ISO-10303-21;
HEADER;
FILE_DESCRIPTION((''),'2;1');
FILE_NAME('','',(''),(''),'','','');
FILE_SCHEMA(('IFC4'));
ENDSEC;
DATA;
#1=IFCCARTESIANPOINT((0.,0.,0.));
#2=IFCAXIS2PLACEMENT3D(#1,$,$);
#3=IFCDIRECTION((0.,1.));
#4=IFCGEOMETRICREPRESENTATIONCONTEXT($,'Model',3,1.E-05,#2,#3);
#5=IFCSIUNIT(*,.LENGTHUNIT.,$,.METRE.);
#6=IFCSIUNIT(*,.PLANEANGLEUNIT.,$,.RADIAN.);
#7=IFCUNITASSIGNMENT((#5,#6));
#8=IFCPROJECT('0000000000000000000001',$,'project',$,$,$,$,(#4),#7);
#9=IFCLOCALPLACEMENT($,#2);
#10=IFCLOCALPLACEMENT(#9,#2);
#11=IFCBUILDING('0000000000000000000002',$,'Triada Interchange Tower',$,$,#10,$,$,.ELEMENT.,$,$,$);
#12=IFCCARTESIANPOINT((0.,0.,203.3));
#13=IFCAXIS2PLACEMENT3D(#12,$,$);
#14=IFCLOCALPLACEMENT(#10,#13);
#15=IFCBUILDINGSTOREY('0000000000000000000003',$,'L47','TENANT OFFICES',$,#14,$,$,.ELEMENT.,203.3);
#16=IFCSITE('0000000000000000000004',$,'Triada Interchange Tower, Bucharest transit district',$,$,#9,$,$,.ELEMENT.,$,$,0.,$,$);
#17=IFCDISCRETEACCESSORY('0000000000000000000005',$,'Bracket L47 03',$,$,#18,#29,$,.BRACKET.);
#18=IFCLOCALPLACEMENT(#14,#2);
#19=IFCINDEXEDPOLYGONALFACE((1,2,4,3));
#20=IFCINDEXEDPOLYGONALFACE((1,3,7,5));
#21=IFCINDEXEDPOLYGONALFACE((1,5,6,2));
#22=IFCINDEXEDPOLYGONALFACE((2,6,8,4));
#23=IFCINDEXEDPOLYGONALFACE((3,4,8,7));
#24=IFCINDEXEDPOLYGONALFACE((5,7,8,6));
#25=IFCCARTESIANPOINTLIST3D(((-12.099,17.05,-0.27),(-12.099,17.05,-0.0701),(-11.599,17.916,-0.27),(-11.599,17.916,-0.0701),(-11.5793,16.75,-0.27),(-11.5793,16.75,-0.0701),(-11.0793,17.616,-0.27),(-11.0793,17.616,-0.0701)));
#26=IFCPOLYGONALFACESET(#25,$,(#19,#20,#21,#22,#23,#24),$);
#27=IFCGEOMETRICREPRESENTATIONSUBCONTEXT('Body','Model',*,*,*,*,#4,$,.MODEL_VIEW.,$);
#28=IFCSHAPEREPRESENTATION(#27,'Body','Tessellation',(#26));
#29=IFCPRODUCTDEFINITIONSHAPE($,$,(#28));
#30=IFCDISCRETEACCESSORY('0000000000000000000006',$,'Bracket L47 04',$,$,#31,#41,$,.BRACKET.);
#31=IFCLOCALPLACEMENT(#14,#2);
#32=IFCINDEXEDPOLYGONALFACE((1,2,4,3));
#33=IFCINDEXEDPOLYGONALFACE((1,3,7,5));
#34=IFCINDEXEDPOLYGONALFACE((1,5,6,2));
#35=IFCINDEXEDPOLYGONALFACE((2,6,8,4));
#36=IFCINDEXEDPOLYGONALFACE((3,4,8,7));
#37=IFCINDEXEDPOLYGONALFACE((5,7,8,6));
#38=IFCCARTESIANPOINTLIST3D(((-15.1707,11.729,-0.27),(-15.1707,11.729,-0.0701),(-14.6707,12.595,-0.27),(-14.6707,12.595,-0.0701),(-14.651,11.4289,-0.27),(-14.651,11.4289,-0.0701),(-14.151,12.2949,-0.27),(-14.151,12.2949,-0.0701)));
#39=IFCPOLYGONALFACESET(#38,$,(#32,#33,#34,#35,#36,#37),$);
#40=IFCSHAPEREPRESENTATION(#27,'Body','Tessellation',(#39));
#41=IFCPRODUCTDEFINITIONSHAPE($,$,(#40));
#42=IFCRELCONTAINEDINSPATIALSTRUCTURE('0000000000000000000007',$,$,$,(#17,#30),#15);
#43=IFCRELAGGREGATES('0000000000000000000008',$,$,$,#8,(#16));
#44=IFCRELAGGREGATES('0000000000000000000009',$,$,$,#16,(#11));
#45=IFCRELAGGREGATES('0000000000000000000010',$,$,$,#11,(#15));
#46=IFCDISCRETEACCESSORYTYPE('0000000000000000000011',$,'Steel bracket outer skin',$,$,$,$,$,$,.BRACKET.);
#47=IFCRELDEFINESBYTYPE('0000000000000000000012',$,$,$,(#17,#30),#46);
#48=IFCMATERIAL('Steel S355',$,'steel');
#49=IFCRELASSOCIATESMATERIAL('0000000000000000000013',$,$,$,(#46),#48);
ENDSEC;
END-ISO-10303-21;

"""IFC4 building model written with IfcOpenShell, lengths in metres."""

from ifc_helpers import new_model, si_unit, direction, frame, origin, origin_2d, place, context, subcontext, project, spatial, rectangle, extrude, material, type_object, element, save


model = new_model("IFC4")

# Units and contexts
model_context = context("Model", 3, precision=1e-05, world=origin(), true_north=direction((0.0, 1.0)))
body_context = subcontext(model_context, "Body", "Model", "MODEL_VIEW")
ifc_project = project(units=[si_unit("LENGTHUNIT", "METRE"), si_unit("PLANEANGLEUNIT", "RADIAN")], contexts=[model_context])

# Site, building, storey
site_placement = place(None, origin())
site = spatial("IfcSite", under=ifc_project, at=site_placement, Name="Triada Interchange Tower, Bucharest transit district", CompositionType="ELEMENT", RefElevation=0.0)
building_placement = place(site_placement, origin())
building = spatial("IfcBuilding", under=site, at=building_placement, Name="Triada Interchange Tower", CompositionType="ELEMENT")
storey_placement = place(building_placement, frame((0.0, 0.0, 203.3)))
storey = spatial("IfcBuildingStorey", under=building, at=storey_placement, Name="L47", Description="TENANT OFFICES", CompositionType="ELEMENT", Elevation=203.3)

# Discrete accessories
ifc_material_1 = material(Name="Steel S355", Category="steel")
discrete_accessory_type = type_object("IfcDiscreteAccessoryType", Name="Steel bracket outer skin", PredefinedType="BRACKET", material=ifc_material_1)
for number, where, z_axis, x_axis, name in (
    (1, (-11.5891, 17.333, -0.27), (0.0, 0.0, 1.0), (-0.866021, 0.500007, 0.0), "Bracket L47 03"),
    (2, (-14.6609, 12.012, -0.27), (0.0, 0.0, 1.0), (-0.866021, 0.500007, 0.0), "Bracket L47 04"),
):
    element("IfcDiscreteAccessory", number, at=place(storey_placement, frame(where, z_axis=z_axis, x_axis=x_axis)), inside=storey, type_object=discrete_accessory_type, Name=name, PredefinedType="BRACKET", context=body_context, shape_type="SweptSolid", body=[
        extrude(rectangle(XDim=0.6001, YDim=1.0, at=origin_2d()), origin(), (0.0, 0.0, 1.0), 0.2),
    ])

save(model, "model.ifc")
